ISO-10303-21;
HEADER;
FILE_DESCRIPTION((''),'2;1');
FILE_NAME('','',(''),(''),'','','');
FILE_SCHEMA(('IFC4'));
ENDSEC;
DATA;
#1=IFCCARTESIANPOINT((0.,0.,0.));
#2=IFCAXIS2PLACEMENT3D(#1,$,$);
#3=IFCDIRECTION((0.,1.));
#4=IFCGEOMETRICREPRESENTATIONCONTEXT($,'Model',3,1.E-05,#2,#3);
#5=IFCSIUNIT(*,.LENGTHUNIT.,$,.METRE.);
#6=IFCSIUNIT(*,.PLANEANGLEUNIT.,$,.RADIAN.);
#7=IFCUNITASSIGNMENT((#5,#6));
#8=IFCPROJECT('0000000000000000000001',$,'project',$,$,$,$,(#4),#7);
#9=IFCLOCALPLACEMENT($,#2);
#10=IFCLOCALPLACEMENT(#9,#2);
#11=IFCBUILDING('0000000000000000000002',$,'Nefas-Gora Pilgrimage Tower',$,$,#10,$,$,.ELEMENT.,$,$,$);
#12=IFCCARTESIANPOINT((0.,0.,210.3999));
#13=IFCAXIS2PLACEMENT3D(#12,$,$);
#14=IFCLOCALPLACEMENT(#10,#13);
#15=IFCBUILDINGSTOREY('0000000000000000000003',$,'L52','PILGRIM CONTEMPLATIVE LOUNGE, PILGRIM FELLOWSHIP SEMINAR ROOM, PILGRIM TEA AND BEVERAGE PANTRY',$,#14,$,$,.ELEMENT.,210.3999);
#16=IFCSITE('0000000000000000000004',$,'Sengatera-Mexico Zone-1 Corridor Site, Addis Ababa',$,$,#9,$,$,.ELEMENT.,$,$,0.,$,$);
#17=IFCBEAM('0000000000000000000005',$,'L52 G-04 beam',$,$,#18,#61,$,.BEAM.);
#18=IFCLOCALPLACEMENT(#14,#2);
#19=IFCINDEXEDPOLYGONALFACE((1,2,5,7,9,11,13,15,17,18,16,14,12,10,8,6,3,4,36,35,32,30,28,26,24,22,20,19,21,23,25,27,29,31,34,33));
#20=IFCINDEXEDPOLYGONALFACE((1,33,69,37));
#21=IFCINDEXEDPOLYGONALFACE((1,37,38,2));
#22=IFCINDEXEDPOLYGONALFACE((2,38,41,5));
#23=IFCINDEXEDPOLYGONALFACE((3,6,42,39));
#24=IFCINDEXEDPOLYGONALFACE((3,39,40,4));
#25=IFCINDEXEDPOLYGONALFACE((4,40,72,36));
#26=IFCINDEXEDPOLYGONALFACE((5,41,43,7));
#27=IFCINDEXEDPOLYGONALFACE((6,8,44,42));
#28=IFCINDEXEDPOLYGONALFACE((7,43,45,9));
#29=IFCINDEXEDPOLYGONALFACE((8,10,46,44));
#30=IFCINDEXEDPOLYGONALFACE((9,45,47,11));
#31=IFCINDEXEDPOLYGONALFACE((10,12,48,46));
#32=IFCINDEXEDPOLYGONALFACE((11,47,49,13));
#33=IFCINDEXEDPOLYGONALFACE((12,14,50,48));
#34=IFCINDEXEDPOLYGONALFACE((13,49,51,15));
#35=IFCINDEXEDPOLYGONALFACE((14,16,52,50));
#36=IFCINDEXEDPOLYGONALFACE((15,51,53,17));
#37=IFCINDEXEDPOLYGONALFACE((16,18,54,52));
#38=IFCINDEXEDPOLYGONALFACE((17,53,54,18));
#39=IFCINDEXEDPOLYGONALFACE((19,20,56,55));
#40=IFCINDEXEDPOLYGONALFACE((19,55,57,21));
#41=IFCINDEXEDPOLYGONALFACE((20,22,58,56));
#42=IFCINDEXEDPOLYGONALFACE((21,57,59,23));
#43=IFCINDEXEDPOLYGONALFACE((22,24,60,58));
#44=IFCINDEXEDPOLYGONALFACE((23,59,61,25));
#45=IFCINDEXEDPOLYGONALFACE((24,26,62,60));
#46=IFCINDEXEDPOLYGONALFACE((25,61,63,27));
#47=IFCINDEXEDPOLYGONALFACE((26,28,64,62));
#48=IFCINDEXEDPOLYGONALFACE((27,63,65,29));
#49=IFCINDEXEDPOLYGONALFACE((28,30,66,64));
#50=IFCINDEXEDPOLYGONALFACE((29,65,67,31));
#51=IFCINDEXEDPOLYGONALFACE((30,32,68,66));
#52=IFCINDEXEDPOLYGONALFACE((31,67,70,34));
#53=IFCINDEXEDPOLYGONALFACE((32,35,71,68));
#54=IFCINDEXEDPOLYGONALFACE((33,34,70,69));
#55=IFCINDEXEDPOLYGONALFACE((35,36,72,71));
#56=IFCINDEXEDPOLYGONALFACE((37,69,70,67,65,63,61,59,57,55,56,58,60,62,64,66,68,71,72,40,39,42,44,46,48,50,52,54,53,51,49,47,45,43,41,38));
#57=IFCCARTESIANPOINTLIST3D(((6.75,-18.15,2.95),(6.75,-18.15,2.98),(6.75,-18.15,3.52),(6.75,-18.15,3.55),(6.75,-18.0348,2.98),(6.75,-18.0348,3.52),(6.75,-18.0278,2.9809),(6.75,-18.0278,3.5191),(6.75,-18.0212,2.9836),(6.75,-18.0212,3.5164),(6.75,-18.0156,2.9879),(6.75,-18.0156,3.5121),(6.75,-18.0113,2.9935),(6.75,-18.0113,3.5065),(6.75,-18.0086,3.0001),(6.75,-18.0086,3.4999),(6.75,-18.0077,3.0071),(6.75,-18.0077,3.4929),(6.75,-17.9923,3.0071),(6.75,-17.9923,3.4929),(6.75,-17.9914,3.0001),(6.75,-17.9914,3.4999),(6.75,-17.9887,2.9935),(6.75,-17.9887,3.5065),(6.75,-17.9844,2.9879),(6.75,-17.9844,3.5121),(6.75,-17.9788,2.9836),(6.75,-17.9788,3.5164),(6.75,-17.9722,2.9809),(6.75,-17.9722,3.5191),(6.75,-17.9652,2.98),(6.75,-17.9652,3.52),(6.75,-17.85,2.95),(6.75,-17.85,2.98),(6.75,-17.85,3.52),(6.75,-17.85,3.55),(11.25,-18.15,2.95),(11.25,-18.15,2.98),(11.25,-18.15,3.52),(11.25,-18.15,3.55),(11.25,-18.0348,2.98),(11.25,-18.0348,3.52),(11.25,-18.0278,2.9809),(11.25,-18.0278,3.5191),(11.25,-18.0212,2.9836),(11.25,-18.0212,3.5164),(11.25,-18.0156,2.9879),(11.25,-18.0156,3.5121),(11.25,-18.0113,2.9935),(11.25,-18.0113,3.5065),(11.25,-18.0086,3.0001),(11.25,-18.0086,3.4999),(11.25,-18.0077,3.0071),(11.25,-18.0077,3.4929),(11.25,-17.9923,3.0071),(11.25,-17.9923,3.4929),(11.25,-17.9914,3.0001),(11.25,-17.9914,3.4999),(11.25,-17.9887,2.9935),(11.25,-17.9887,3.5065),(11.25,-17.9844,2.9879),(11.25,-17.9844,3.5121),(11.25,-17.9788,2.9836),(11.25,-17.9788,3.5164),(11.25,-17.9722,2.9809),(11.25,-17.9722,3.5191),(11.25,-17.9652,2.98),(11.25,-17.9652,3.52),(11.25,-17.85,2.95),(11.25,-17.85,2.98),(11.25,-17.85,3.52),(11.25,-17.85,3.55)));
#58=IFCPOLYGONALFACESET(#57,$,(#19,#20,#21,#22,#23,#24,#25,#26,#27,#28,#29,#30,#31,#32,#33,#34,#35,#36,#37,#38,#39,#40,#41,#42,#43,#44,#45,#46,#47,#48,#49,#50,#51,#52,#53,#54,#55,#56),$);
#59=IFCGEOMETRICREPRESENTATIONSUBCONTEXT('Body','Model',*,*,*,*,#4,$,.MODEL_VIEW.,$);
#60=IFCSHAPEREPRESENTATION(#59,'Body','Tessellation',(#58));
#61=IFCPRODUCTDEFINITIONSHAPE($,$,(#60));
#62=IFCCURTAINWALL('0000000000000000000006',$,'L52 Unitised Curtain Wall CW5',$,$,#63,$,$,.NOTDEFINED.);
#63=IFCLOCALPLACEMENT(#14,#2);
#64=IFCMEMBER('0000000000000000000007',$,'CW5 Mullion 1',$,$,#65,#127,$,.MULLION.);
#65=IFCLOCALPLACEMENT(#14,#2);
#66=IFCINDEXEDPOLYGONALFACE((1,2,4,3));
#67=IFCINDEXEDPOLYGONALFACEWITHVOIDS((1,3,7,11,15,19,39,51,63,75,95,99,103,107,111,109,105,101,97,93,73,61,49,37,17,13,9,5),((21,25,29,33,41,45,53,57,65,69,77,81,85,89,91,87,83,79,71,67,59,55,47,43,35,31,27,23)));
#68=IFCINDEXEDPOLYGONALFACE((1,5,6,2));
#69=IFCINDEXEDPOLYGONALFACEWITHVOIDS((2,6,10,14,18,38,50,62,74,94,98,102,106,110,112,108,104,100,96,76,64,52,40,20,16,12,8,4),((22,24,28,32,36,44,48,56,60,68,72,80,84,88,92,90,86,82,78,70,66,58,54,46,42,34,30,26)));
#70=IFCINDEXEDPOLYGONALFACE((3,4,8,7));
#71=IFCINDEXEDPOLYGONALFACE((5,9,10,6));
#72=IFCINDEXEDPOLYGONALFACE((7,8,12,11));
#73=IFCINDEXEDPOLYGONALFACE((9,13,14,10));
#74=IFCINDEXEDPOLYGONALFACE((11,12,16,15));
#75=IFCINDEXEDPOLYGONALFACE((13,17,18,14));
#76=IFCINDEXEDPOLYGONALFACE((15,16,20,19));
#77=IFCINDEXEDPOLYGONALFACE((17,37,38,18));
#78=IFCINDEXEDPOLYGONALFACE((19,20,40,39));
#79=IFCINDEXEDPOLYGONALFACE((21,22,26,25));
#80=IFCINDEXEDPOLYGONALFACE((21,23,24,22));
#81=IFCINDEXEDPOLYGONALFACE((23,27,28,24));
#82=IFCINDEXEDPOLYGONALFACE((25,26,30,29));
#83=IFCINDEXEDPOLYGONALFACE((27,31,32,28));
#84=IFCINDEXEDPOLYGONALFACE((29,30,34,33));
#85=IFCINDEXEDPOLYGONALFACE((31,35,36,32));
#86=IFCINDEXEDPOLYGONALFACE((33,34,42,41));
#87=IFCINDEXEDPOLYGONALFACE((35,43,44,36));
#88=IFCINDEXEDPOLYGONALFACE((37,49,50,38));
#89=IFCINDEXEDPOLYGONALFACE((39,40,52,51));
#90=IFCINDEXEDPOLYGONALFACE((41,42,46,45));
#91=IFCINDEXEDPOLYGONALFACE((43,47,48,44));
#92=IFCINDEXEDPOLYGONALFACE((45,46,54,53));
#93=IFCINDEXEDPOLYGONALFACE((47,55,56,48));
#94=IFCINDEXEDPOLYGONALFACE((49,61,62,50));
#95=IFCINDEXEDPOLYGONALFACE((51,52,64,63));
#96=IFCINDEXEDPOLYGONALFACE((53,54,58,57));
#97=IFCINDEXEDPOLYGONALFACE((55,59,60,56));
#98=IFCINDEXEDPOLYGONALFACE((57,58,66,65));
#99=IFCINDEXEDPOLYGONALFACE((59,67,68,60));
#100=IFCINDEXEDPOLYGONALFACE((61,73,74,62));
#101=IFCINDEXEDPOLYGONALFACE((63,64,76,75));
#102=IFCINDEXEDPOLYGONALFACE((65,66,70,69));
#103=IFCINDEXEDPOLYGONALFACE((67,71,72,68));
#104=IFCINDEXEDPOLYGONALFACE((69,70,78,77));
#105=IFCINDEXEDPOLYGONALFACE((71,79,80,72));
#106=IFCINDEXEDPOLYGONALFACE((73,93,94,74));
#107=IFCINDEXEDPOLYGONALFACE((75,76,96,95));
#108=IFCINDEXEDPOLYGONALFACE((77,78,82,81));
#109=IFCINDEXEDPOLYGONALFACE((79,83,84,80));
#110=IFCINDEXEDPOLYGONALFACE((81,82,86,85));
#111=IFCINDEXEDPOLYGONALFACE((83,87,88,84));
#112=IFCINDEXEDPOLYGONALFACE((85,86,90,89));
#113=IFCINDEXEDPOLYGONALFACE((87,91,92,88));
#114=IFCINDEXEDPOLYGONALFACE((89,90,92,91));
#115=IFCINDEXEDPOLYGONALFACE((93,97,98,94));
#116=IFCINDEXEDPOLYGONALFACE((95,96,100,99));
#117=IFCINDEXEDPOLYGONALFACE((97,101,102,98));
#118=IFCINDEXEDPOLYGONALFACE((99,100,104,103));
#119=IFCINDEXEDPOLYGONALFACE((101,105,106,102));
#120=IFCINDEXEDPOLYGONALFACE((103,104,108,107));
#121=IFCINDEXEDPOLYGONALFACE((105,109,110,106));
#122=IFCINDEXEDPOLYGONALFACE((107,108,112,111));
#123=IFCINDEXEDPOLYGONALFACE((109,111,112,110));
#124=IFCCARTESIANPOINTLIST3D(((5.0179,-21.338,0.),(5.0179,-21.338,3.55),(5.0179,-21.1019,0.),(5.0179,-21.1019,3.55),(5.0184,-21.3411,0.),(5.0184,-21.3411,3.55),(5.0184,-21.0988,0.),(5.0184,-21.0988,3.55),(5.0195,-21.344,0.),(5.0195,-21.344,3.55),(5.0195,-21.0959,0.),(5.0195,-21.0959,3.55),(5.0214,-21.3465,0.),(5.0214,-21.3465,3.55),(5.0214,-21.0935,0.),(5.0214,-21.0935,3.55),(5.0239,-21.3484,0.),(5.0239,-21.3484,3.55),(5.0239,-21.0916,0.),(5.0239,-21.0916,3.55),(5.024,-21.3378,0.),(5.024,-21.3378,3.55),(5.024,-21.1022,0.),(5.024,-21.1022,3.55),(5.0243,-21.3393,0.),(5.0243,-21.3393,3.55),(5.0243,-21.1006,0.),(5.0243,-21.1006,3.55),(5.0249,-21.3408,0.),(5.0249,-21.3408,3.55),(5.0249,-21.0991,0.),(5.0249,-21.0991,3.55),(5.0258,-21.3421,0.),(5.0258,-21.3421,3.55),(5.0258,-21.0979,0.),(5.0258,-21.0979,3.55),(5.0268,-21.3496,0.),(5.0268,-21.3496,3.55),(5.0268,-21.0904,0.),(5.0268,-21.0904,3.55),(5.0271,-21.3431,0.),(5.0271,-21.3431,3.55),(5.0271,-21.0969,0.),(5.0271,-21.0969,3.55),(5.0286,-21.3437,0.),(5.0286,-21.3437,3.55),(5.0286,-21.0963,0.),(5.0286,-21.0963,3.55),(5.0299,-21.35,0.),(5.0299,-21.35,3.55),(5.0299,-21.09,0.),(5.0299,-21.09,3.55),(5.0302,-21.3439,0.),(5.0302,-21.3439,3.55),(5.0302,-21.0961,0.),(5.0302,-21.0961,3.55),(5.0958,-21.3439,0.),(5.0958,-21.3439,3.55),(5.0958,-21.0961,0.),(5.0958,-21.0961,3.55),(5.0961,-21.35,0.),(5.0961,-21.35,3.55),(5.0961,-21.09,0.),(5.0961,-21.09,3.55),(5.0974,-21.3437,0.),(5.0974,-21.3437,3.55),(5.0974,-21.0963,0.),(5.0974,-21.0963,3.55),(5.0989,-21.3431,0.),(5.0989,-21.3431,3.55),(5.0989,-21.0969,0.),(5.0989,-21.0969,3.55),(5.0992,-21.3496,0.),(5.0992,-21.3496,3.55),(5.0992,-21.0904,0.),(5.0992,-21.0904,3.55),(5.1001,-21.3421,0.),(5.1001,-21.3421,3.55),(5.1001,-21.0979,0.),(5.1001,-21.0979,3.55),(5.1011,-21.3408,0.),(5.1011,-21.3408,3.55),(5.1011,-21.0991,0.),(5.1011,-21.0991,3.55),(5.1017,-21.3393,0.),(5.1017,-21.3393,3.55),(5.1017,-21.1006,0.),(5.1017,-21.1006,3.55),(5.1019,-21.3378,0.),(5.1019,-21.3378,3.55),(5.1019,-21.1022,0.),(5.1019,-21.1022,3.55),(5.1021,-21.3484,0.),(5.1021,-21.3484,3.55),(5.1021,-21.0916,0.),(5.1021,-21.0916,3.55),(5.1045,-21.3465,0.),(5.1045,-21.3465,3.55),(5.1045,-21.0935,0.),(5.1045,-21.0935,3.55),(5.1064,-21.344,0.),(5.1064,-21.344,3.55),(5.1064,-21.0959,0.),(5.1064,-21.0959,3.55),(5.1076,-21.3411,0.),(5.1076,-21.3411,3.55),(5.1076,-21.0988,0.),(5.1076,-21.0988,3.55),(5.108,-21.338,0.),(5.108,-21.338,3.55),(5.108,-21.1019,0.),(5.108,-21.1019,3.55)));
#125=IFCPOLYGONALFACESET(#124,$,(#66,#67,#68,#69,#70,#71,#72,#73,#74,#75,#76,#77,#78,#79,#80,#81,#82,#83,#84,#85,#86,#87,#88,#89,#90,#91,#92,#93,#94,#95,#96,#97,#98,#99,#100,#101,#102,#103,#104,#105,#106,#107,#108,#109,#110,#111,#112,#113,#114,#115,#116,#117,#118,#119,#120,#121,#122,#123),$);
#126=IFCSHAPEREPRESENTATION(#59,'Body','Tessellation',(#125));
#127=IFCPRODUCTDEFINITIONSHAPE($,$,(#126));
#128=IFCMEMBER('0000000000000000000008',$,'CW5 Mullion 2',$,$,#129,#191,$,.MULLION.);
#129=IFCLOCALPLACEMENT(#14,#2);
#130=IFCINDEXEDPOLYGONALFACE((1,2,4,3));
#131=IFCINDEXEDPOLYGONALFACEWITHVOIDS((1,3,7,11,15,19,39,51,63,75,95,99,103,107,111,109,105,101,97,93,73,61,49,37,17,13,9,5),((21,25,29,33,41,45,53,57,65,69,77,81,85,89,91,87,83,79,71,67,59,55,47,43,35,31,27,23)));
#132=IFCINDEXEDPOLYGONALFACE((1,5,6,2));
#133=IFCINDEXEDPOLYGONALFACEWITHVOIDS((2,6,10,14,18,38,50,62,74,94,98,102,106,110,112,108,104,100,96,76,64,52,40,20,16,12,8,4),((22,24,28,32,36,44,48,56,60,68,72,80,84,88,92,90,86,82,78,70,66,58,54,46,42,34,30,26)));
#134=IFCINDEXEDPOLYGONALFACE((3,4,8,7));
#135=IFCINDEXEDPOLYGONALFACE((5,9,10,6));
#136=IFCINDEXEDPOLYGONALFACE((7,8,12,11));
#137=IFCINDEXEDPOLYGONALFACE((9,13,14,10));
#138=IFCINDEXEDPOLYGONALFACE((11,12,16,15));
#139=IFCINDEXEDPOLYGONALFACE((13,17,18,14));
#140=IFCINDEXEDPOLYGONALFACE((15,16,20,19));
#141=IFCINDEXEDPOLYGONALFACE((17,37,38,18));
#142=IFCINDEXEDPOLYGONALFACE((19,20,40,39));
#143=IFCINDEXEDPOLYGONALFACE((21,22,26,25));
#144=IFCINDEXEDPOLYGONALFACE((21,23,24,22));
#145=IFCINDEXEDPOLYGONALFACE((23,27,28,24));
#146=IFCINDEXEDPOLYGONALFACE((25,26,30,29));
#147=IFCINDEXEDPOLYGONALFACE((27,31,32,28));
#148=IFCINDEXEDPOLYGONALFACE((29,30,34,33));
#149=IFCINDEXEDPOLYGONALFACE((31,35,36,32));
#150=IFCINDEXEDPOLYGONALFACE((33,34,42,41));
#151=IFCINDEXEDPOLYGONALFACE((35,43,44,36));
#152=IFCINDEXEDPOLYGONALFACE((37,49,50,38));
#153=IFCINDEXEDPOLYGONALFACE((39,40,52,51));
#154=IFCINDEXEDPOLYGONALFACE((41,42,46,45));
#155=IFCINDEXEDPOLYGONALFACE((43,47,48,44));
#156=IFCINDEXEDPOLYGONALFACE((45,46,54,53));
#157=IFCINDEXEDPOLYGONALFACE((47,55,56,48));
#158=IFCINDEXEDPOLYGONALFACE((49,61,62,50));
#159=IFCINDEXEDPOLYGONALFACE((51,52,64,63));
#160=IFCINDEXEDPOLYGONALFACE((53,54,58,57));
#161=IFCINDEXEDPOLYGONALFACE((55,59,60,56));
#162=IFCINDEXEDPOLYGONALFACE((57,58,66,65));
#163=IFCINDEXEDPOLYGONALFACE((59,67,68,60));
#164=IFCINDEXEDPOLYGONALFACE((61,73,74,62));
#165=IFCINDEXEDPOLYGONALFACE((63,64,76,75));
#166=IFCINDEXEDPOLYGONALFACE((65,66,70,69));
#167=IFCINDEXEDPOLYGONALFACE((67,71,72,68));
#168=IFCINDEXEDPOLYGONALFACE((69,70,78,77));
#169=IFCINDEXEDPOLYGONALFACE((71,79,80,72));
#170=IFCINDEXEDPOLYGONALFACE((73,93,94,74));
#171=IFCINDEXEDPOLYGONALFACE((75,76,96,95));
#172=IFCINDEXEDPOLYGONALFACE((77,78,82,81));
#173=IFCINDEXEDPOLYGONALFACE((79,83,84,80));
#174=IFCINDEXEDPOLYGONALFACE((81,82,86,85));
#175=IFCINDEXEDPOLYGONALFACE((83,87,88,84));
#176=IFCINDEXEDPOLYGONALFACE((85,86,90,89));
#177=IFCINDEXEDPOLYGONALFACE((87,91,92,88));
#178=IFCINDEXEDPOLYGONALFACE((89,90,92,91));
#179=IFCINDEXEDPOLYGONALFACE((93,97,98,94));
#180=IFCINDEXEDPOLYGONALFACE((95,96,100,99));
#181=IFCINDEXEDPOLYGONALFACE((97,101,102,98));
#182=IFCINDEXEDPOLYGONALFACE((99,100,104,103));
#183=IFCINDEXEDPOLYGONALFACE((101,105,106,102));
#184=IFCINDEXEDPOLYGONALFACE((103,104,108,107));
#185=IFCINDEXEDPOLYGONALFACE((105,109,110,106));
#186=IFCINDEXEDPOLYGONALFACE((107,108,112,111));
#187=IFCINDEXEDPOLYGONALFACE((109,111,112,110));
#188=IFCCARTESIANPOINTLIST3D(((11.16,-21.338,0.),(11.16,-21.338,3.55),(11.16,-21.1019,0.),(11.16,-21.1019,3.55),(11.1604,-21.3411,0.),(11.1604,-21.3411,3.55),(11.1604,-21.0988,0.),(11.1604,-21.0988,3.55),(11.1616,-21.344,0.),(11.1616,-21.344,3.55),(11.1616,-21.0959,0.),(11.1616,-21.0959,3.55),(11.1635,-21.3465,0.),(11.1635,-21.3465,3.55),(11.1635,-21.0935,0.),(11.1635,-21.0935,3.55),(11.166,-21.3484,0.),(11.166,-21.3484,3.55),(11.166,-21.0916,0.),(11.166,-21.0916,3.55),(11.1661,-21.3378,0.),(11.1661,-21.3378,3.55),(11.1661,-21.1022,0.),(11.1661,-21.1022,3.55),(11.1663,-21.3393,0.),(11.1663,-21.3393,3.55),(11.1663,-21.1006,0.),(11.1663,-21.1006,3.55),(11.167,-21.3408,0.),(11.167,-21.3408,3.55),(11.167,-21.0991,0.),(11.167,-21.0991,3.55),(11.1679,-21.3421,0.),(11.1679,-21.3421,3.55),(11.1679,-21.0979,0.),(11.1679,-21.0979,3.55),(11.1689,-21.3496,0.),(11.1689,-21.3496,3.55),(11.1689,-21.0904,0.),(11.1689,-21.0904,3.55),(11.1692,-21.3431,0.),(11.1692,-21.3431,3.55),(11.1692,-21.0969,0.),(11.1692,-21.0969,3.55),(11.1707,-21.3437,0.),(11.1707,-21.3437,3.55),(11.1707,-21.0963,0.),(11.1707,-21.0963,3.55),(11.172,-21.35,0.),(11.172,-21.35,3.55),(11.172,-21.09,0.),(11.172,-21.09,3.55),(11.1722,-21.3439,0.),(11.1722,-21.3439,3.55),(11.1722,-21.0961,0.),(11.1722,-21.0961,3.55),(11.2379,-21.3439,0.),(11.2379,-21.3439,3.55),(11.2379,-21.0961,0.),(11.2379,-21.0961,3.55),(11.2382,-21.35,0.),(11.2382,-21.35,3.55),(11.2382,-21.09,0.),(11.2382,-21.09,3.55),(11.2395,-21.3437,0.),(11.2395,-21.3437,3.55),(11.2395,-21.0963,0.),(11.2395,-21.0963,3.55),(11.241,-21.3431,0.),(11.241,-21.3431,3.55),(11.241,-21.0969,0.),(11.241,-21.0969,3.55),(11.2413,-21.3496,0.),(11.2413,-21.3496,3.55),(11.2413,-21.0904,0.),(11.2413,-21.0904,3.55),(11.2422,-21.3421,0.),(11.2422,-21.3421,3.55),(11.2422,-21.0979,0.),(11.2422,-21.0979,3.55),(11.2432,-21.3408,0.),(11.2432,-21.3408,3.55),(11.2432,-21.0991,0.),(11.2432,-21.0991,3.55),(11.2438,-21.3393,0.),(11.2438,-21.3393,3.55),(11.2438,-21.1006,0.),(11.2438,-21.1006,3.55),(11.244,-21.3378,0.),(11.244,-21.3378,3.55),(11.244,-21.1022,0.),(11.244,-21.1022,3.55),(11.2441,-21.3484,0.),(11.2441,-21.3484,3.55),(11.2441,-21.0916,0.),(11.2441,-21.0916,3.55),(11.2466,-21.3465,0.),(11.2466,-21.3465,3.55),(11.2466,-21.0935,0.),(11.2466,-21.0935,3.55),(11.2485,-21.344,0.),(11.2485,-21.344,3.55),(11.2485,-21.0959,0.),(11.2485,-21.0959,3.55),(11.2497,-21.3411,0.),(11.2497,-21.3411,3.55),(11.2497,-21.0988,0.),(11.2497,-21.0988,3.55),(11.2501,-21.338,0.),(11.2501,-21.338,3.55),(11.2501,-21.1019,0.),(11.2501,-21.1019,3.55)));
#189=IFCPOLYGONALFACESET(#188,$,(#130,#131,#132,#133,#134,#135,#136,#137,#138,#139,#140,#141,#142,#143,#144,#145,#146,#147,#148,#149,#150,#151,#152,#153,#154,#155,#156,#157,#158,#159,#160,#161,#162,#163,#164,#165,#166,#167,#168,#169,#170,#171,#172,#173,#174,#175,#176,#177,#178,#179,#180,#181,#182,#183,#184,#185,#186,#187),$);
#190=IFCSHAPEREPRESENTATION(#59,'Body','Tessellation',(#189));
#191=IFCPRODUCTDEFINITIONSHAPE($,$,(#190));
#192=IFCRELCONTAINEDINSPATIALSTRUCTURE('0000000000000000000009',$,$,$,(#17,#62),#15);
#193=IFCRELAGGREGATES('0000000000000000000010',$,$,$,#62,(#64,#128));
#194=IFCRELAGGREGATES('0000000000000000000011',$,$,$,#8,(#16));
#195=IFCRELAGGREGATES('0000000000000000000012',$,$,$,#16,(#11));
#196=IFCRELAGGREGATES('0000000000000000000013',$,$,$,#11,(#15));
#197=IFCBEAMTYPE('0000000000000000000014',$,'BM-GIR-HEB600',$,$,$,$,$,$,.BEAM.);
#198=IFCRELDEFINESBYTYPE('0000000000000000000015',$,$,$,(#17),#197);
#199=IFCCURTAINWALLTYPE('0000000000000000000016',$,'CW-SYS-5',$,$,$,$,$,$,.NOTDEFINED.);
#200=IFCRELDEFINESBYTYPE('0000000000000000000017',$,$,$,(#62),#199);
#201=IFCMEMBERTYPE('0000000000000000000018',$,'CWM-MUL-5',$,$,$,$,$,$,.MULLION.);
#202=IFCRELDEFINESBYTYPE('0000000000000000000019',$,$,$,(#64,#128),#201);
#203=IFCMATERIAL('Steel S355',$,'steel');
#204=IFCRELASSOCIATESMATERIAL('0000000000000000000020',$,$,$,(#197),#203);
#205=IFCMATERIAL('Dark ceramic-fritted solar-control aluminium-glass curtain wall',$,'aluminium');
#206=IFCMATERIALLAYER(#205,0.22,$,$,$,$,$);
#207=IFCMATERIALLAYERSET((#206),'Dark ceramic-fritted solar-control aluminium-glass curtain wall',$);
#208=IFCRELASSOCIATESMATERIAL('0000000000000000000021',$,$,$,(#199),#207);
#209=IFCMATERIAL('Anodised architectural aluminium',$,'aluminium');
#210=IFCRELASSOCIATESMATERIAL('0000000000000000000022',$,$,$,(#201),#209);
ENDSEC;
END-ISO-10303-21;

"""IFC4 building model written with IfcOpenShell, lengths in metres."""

from ifc_helpers import new_model, si_unit, direction, frame, origin, origin_2d, place, context, subcontext, project, spatial, hollow_rectangle, i_section, extrude, source, transform, mapped, material, layer, layer_set, material_profile, profile_set, type_object, element, aggregate, save


model = new_model("IFC4")

# Units and contexts
model_context = context("Model", 3, precision=1e-05, world=origin(), true_north=direction((0.0, 1.0)))
body_context = subcontext(model_context, "Body", "Model", "MODEL_VIEW")
ifc_project = project(units=[si_unit("LENGTHUNIT", "METRE"), si_unit("PLANEANGLEUNIT", "RADIAN")], contexts=[model_context])

# Site, building, storey
site_placement = place(None, origin())
site = spatial("IfcSite", under=ifc_project, at=site_placement, Name="Sengatera-Mexico Zone-1 Corridor Site, Addis Ababa", CompositionType="ELEMENT", RefElevation=0.0)
building_placement = place(site_placement, origin())
building = spatial("IfcBuilding", under=site, at=building_placement, Name="Nefas-Gora Pilgrimage Tower", CompositionType="ELEMENT")
storey_placement = place(building_placement, frame((0.0, 0.0, 210.3999)))
storey = spatial("IfcBuildingStorey", under=building, at=storey_placement, Name="L52", Description="PILGRIM CONTEMPLATIVE LOUNGE, PILGRIM FELLOWSHIP SEMINAR ROOM, PILGRIM TEA AND BEVERAGE PANTRY", CompositionType="ELEMENT", Elevation=210.3999)

# Beam
ifc_material_1 = material(Name="Steel S355", Category="steel")
ifc_material_profile_1 = material_profile(ifc_material_1, i_section(OverallWidth=0.3, OverallDepth=0.6001, WebThickness=0.0154, FlangeThickness=0.03, FilletRadius=0.0271, at=origin_2d()), Name="HEB 600")
ifc_profile_set_1 = profile_set([ifc_material_profile_1], Name="Steel S355")
beam_type = type_object("IfcBeamType", Name="BM-GIR-HEB600", PredefinedType="BEAM", material=ifc_profile_set_1)
shared_shape_1 = source(origin(), body_context, "Body", "SweptSolid", [
    extrude(i_section(OverallWidth=0.3, OverallDepth=0.6001, WebThickness=0.0154, FlangeThickness=0.03, FilletRadius=0.0271, at=origin_2d()), origin(), (0.0, 0.0, 1.0), 4.5),
])
for number, where, z_axis, x_axis, name in (
    (1, (6.75, -18.0, 3.25), (1.0, 0.0, 0.0), (0.0, 1.0, 0.0), "L52 G-04 beam"),
):
    element("IfcBeam", number, at=place(storey_placement, frame(where, z_axis=z_axis, x_axis=x_axis)), inside=storey, type_object=beam_type, Name=name, PredefinedType="BEAM", context=body_context, shape_type="MappedRepresentation", body=[
        mapped(shared_shape_1, transform((0.0, 0.0, 0.0), x_axis=(1.0, 0.0, 0.0), y_axis=(0.0, 1.0, 0.0), z_axis=(0.0, 0.0, 1.0), scale=1.0)),
    ])

# Curtain wall, members
ifc_material_2 = material(Name="Dark ceramic-fritted solar-control aluminium-glass curtain wall", Category="aluminium")
ifc_layer_1 = layer(ifc_material_2, 0.22)
ifc_layer_set_1 = layer_set([ifc_layer_1], Name="Dark ceramic-fritted solar-control aluminium-glass curtain wall")
curtain_wall_type = type_object("IfcCurtainWallType", Name="CW-SYS-5", PredefinedType="NOTDEFINED", material=ifc_layer_set_1)
curtain_wall_1_placement = place(storey_placement, origin())
curtain_wall_1 = element("IfcCurtainWall", 2, at=curtain_wall_1_placement, inside=storey, type_object=curtain_wall_type, Name="L52 Unitised Curtain Wall CW5", PredefinedType="NOTDEFINED")
ifc_material_3 = material(Name="Anodised architectural aluminium", Category="aluminium")
ifc_material_profile_2 = material_profile(ifc_material_3, hollow_rectangle(XDim=0.0901, YDim=0.26, WallThickness=0.0061, InnerFilletRadius=0.0061, OuterFilletRadius=0.012, at=origin_2d()), Name="ALU MULLION 90x260")
ifc_profile_set_2 = profile_set([ifc_material_profile_2], Name="Anodised architectural aluminium")
member_type_1 = type_object("IfcMemberType", Name="CWM-MUL-5", PredefinedType="MULLION", material=ifc_profile_set_2)
shared_shape_2 = source(origin(), body_context, "Body", "SweptSolid", [
    extrude(hollow_rectangle(XDim=0.0901, YDim=0.26, WallThickness=0.0061, InnerFilletRadius=0.0061, OuterFilletRadius=0.012, at=origin_2d()), origin(), (0.0, 0.0, 1.0), 3.55),
])
member_1_placement = place(storey_placement, frame((5.063, -21.22, 0.0), z_axis=(0.0, 0.0, 1.0), x_axis=(1.0, 0.0, 0.0)))
member_1 = element("IfcMember", 3, at=member_1_placement, type_object=member_type_1, Name="CW5 Mullion 1", PredefinedType="MULLION", context=body_context, shape_type="MappedRepresentation", body=[
    mapped(shared_shape_2, transform((0.0, 0.0, 0.0), x_axis=(1.0, 0.0, 0.0), y_axis=(0.0, 1.0, 0.0), z_axis=(0.0, 0.0, 1.0), scale=1.0)),
])
member_2_placement = place(storey_placement, frame((11.2051, -21.22, 0.0), z_axis=(0.0, 0.0, 1.0), x_axis=(1.0, 0.0, 0.0)))
member_2 = element("IfcMember", 4, at=member_2_placement, type_object=member_type_1, Name="CW5 Mullion 2", PredefinedType="MULLION", context=body_context, shape_type="MappedRepresentation", body=[
    mapped(shared_shape_2, transform((0.0, 0.0, 0.0), x_axis=(1.0, 0.0, 0.0), y_axis=(0.0, 1.0, 0.0), z_axis=(0.0, 0.0, 1.0), scale=1.0)),
])

aggregate(curtain_wall_1, [member_1, member_2])

save(model, "model.ifc")
